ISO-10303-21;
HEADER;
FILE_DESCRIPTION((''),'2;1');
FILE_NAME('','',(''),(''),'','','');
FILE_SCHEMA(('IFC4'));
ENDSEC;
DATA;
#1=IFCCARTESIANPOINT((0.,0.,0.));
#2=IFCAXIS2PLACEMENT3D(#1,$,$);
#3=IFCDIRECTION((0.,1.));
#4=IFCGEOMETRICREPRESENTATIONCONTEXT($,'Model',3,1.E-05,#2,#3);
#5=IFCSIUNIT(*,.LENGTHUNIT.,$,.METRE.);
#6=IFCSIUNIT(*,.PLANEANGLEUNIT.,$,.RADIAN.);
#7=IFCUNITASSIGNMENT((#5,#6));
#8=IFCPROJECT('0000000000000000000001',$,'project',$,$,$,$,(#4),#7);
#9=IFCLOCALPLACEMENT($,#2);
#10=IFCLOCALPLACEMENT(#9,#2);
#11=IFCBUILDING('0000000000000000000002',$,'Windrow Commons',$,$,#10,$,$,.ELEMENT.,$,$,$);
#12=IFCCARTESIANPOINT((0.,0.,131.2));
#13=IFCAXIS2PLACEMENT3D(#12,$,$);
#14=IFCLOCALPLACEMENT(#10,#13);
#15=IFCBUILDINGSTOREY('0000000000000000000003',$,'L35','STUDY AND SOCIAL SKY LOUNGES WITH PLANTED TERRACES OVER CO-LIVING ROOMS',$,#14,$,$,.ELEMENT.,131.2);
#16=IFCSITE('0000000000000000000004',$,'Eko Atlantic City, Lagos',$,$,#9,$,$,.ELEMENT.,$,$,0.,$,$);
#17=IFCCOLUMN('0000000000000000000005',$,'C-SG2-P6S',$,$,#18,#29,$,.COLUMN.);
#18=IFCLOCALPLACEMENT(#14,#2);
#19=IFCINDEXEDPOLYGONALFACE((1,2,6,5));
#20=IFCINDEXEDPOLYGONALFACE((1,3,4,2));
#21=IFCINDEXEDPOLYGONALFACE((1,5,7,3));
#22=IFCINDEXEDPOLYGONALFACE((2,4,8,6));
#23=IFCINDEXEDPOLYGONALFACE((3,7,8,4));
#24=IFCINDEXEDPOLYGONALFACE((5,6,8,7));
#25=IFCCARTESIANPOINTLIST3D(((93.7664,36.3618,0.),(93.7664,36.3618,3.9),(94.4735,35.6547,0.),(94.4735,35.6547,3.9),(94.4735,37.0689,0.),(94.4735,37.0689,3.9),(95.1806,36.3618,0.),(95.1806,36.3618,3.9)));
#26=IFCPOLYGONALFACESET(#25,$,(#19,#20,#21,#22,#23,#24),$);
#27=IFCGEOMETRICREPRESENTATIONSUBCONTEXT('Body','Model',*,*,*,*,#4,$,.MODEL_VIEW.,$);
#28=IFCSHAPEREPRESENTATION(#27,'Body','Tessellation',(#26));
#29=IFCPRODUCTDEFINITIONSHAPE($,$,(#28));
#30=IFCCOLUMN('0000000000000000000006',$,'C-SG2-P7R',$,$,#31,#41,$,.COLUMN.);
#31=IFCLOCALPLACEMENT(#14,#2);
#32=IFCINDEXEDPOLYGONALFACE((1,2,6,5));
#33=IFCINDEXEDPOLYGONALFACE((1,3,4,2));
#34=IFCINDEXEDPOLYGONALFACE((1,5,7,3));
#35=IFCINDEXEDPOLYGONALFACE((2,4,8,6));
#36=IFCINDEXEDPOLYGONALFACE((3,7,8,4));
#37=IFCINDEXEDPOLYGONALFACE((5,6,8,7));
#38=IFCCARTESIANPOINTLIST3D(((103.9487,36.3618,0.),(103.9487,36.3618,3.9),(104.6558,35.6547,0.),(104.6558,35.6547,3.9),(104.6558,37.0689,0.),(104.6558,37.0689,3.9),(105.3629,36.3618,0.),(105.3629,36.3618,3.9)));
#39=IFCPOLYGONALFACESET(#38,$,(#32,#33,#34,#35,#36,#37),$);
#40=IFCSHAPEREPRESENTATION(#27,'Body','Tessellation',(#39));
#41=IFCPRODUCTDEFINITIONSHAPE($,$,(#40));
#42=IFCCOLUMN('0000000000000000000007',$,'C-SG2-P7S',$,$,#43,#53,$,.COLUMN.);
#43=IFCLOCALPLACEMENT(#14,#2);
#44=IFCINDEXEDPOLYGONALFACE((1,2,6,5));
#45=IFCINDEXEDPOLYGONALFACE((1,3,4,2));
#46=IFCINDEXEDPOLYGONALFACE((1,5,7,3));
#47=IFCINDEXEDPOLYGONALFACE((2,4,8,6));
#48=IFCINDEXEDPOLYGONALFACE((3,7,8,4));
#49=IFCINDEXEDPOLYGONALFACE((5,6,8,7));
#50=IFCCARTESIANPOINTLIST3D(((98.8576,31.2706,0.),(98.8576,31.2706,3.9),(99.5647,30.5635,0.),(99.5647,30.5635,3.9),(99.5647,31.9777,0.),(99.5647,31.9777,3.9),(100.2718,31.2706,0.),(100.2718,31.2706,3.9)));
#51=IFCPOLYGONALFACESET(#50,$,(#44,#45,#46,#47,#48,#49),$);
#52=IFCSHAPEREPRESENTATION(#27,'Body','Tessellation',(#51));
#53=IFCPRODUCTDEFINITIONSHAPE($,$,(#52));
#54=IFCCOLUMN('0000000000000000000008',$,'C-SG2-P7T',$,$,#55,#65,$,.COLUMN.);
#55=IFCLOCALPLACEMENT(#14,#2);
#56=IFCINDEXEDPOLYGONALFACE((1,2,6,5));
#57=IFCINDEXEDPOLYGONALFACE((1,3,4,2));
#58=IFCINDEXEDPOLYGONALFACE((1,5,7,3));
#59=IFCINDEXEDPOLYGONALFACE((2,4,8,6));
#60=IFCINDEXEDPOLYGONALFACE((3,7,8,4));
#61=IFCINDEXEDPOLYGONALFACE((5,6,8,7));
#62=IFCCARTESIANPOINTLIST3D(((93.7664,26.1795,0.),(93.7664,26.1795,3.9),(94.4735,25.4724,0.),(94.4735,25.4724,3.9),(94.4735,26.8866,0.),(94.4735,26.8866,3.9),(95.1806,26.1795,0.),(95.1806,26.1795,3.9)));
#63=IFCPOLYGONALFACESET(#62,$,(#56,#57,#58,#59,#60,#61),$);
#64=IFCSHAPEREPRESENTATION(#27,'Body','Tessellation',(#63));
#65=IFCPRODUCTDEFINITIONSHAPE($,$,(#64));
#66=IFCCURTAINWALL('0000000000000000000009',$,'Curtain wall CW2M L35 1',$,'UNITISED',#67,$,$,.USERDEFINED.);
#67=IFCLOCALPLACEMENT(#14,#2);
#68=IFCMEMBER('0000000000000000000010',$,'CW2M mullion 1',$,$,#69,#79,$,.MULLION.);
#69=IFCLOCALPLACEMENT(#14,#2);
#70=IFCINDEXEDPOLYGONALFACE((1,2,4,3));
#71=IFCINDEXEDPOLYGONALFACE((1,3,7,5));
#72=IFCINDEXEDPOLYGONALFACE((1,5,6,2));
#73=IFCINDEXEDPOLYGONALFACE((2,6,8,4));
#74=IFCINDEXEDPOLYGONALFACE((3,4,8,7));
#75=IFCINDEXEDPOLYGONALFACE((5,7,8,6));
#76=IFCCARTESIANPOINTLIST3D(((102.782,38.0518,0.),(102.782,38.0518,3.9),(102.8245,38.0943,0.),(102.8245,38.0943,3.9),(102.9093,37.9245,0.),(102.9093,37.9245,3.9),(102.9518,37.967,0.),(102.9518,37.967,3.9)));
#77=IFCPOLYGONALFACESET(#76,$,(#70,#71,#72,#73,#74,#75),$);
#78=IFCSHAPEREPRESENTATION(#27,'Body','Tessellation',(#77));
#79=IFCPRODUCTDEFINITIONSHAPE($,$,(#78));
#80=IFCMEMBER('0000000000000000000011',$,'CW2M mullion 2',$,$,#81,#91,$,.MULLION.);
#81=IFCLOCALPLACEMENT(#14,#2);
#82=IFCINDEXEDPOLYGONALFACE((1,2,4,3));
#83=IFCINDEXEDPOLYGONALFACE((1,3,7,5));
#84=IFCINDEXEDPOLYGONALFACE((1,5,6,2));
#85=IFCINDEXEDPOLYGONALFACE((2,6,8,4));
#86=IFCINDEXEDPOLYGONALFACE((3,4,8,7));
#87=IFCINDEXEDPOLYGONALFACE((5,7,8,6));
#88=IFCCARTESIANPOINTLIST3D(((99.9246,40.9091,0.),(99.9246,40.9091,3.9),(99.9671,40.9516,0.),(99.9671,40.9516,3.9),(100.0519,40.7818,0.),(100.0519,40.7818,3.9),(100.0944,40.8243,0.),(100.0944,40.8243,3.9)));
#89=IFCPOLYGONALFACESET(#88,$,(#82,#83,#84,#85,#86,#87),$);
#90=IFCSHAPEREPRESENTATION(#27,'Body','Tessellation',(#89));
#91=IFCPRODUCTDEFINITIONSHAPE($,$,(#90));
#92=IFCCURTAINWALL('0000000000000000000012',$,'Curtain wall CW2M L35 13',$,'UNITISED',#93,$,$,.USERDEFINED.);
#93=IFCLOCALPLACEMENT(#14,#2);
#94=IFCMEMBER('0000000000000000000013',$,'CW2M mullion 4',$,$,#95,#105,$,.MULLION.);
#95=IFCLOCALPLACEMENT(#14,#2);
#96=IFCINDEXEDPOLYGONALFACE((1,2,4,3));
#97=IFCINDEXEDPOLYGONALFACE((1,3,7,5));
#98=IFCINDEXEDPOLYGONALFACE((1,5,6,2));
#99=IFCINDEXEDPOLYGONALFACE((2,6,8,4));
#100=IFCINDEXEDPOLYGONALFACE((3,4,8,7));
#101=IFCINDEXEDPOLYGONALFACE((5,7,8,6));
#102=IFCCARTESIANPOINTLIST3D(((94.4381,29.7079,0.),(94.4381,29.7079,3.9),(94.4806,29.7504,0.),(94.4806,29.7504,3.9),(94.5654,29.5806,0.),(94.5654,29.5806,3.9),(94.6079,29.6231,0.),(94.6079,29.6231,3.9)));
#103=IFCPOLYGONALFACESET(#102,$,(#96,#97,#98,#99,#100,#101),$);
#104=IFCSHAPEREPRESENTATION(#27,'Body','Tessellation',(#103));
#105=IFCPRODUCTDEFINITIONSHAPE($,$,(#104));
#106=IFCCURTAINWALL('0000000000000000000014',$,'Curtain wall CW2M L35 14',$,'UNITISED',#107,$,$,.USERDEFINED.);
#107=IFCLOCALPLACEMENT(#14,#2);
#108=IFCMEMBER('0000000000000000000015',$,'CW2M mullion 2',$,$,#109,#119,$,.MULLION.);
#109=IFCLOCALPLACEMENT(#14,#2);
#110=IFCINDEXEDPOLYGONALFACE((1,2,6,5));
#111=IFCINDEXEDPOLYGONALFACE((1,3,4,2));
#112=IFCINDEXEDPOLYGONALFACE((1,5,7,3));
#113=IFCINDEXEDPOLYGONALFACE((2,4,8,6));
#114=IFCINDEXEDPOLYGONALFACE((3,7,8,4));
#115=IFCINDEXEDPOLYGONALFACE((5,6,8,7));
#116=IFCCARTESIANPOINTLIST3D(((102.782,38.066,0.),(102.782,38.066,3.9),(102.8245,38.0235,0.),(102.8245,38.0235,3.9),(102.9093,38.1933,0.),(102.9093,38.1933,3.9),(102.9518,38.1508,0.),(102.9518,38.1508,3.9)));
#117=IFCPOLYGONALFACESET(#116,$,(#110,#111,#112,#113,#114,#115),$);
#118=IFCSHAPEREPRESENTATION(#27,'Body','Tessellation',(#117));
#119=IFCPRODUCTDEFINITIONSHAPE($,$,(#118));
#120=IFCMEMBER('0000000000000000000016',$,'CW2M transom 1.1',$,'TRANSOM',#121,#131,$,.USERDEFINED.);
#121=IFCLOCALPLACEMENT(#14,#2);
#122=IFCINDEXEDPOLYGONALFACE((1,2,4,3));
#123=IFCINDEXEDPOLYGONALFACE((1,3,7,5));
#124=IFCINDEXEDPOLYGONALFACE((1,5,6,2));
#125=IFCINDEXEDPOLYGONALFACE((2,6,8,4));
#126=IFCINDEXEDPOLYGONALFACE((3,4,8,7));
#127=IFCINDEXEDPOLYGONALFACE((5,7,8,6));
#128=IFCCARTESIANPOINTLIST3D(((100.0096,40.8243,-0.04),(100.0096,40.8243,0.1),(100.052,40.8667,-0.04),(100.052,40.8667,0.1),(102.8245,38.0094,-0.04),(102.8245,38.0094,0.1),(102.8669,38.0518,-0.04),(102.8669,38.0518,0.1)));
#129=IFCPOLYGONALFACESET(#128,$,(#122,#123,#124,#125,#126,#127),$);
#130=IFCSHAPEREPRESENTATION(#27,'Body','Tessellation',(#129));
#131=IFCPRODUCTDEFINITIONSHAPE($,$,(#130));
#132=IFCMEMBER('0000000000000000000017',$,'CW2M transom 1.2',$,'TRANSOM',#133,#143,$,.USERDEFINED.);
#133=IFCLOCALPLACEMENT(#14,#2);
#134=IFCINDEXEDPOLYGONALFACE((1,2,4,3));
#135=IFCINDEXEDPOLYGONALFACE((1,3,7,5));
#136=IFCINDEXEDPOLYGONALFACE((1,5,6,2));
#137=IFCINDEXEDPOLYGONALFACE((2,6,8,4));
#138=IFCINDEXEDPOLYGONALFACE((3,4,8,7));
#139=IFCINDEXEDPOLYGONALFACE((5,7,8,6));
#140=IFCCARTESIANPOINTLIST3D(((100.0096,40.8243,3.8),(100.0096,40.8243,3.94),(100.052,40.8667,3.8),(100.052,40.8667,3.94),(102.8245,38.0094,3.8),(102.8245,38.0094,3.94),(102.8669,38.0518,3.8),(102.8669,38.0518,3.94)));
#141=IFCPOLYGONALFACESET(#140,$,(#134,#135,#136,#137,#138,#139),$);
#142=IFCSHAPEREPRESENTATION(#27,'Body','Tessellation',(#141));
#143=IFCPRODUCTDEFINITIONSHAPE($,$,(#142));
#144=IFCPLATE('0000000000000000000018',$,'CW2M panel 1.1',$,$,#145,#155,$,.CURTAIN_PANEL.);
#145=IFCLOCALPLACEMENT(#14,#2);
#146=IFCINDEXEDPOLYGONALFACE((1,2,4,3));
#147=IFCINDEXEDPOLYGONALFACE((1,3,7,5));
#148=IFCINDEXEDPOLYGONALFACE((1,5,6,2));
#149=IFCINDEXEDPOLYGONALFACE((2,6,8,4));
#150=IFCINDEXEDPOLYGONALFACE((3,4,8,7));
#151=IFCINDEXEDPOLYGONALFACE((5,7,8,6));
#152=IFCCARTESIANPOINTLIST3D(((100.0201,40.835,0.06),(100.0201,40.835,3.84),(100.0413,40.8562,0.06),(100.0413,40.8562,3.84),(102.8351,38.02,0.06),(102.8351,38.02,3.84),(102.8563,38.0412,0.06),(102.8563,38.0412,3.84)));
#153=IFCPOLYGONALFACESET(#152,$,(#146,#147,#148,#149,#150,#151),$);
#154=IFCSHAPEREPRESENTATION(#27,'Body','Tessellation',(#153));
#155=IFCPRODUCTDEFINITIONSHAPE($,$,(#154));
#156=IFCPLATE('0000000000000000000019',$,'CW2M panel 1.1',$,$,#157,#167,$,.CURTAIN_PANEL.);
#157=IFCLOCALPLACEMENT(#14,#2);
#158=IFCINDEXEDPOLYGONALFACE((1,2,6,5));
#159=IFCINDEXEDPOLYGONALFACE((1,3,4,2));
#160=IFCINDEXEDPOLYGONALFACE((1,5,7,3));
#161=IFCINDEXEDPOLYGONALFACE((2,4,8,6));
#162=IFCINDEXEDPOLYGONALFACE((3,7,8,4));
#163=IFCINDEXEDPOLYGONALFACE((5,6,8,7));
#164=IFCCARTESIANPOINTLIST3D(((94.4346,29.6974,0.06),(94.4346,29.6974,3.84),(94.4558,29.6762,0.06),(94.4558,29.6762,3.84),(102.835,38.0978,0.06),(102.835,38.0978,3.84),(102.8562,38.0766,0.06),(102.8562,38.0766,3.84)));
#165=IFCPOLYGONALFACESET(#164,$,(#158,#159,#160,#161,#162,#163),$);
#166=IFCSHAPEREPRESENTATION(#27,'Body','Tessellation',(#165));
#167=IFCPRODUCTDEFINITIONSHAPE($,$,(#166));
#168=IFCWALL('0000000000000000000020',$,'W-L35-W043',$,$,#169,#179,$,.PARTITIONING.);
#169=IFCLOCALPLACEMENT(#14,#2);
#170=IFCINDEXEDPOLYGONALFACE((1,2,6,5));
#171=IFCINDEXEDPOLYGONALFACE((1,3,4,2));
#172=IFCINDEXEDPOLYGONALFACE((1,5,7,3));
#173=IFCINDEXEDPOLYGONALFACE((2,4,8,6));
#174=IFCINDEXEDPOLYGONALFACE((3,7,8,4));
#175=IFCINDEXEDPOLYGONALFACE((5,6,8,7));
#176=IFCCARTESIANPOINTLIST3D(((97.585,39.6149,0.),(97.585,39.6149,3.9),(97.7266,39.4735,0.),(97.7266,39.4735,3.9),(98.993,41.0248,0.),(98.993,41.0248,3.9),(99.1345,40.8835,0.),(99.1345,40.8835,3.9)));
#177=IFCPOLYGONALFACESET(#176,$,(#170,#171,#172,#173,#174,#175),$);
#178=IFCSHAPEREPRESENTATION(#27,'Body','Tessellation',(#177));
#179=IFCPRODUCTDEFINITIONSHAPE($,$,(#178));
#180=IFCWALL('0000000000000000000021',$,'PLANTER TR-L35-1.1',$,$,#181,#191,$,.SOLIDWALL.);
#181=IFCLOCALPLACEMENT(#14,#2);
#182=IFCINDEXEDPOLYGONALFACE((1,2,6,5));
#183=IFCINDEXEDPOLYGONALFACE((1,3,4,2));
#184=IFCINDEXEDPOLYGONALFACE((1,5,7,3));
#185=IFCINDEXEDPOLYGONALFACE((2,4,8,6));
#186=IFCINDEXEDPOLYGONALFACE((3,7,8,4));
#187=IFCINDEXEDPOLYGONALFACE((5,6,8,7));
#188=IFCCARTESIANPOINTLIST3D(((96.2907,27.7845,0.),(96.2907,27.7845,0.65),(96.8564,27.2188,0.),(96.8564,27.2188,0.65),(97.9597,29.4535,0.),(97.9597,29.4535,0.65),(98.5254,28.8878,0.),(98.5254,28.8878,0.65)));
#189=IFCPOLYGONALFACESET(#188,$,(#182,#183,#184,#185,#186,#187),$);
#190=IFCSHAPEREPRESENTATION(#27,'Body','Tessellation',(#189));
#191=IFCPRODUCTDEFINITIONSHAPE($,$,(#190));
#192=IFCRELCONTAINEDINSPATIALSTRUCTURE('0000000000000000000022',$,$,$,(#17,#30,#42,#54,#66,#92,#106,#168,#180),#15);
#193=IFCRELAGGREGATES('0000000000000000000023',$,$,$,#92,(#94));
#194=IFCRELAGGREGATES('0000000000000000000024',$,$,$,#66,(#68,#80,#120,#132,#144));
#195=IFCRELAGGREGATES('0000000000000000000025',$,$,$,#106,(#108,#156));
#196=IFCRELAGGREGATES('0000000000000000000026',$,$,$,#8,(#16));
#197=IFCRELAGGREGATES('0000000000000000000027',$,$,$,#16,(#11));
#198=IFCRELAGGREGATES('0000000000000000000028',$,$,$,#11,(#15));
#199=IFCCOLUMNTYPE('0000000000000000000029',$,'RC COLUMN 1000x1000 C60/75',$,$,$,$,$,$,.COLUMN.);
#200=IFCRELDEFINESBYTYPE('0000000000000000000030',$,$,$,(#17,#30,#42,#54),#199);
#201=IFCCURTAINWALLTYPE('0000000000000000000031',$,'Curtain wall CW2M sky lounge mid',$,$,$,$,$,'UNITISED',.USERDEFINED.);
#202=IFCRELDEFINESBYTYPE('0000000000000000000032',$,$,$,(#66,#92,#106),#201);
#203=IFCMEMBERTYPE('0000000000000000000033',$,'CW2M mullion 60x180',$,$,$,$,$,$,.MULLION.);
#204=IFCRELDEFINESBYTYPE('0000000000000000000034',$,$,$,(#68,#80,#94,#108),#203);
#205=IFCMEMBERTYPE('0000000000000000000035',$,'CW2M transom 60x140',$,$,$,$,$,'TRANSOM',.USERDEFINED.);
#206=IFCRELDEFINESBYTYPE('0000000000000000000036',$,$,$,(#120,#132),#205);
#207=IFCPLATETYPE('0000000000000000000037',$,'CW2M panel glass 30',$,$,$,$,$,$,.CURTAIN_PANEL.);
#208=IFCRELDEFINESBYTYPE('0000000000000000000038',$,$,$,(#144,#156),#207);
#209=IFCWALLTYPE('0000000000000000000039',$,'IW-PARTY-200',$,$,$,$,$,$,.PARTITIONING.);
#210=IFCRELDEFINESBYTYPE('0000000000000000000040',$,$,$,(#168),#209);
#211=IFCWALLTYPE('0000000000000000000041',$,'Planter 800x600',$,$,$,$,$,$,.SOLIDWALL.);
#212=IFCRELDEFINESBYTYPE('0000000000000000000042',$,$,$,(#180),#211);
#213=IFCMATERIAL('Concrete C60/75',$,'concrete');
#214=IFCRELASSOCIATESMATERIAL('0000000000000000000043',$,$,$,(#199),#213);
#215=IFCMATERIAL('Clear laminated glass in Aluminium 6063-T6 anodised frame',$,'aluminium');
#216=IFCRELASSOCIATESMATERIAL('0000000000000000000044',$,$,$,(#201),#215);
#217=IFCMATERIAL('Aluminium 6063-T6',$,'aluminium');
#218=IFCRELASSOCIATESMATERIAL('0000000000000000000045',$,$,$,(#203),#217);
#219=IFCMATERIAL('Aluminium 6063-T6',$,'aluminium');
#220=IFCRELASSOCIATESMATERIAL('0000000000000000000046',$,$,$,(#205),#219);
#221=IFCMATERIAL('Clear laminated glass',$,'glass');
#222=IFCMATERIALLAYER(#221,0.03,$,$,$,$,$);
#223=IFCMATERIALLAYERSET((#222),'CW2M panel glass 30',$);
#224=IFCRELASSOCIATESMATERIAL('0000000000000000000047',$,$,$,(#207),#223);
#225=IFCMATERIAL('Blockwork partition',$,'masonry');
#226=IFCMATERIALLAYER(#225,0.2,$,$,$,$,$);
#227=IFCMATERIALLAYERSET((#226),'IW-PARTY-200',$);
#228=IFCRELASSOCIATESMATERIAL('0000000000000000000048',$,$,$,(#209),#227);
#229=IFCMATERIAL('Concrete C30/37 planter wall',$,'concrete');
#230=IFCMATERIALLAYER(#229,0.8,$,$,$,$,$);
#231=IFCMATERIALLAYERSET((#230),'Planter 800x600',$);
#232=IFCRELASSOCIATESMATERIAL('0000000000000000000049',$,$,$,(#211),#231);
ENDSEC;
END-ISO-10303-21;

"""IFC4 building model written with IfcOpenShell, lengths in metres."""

from ifc_helpers import new_model, si_unit, direction, frame, frame_2d, origin, origin_2d, place, context, subcontext, project, spatial, rectangle, extrude, material, layer, layer_set, material_profile, profile_set, type_object, element, aggregate, save


model = new_model("IFC4")

# Units and contexts
model_context = context("Model", 3, precision=1e-05, world=origin(), true_north=direction((0.0, 1.0)))
body_context = subcontext(model_context, "Body", "Model", "MODEL_VIEW")
ifc_project = project(units=[si_unit("LENGTHUNIT", "METRE"), si_unit("PLANEANGLEUNIT", "RADIAN")], contexts=[model_context])

# Site, building, storey
site_placement = place(None, origin())
site = spatial("IfcSite", under=ifc_project, at=site_placement, Name="Eko Atlantic City, Lagos", CompositionType="ELEMENT", RefElevation=0.0)
building_placement = place(site_placement, origin())
building = spatial("IfcBuilding", under=site, at=building_placement, Name="Windrow Commons", CompositionType="ELEMENT")
storey_placement = place(building_placement, frame((0.0, 0.0, 131.2)))
storey = spatial("IfcBuildingStorey", under=building, at=storey_placement, Name="L35", Description="STUDY AND SOCIAL SKY LOUNGES WITH PLANTED TERRACES OVER CO-LIVING ROOMS", CompositionType="ELEMENT", Elevation=131.2)

# Columns
ifc_material_1 = material(Name="Concrete C60/75", Category="concrete")
ifc_material_profile_1 = material_profile(ifc_material_1, rectangle(XDim=1.0, YDim=1.0, at=origin_2d()))
ifc_profile_set_1 = profile_set([ifc_material_profile_1], Name="Concrete C60/75")
column_type = type_object("IfcColumnType", Name="RC COLUMN 1000x1000 C60/75", PredefinedType="COLUMN", material=ifc_profile_set_1)
for number, where, z_axis, x_axis, name in (
    (1, (94.4735, 36.3618, 0.0), (0.0, 0.0, 1.0), (0.707107, -0.707107, 0.0), "C-SG2-P6S"),
    (2, (104.6558, 36.3618, 0.0), (0.0, 0.0, 1.0), (0.707107, -0.707107, 0.0), "C-SG2-P7R"),
    (3, (99.5647, 31.2706, 0.0), (0.0, 0.0, 1.0), (0.707107, -0.707107, 0.0), "C-SG2-P7S"),
    (4, (94.4735, 26.1795, 0.0), (0.0, 0.0, 1.0), (0.707107, -0.707107, 0.0), "C-SG2-P7T"),
):
    element("IfcColumn", number, at=place(storey_placement, frame(where, z_axis=z_axis, x_axis=x_axis)), inside=storey, type_object=column_type, Name=name, PredefinedType="COLUMN", context=body_context, shape_type="SweptSolid", body=[
        extrude(rectangle(XDim=1.0, YDim=1.0, at=origin_2d()), origin(), (0.0, 0.0, 1.0), 3.9),
    ])

# Curtain wall, members
ifc_material_2 = material(Name="Clear laminated glass in Aluminium 6063-T6 anodised frame", Category="aluminium")
curtain_wall_type = type_object("IfcCurtainWallType", Name="Curtain wall CW2M sky lounge mid", ElementType="UNITISED", PredefinedType="USERDEFINED", material=ifc_material_2)
placement = place(storey_placement, origin())
curtain_wall_1 = element("IfcCurtainWall", 5, at=placement, inside=storey, type_object=curtain_wall_type, Name="Curtain wall CW2M L35 1", ObjectType="UNITISED", PredefinedType="USERDEFINED")
ifc_material_3 = material(Name="Aluminium 6063-T6", Category="aluminium")
ifc_material_profile_2 = material_profile(ifc_material_3, rectangle(XDim=0.06, YDim=0.18, at=origin_2d()))
ifc_profile_set_2 = profile_set([ifc_material_profile_2], Name="Aluminium 6063-T6")
member_type_1 = type_object("IfcMemberType", Name="CW2M mullion 60x180", PredefinedType="MULLION", material=ifc_profile_set_2)
member_1_placement = place(storey_placement, frame((102.8669, 38.0094, 0.0), z_axis=(0.0, 0.0, 1.0), x_axis=(-0.707107, -0.707107, 0.0)))
member_1 = element("IfcMember", 6, at=member_1_placement, type_object=member_type_1, Name="CW2M mullion 1", PredefinedType="MULLION", context=body_context, shape_type="SweptSolid", body=[
    extrude(rectangle(XDim=0.06, YDim=0.18, at=origin_2d()), origin(), (0.0, 0.0, 1.0), 3.9),
])
member_2_placement = place(storey_placement, frame((100.0095, 40.8667, 0.0), z_axis=(0.0, 0.0, 1.0), x_axis=(-0.707107, -0.707107, 0.0)))
member_2 = element("IfcMember", 7, at=member_2_placement, type_object=member_type_1, Name="CW2M mullion 2", PredefinedType="MULLION", context=body_context, shape_type="SweptSolid", body=[
    extrude(rectangle(XDim=0.06, YDim=0.18, at=origin_2d()), origin(), (0.0, 0.0, 1.0), 3.9),
])

# Curtain walls, members
curtain_wall_2 = element("IfcCurtainWall", 8, at=placement, inside=storey, type_object=curtain_wall_type, Name="Curtain wall CW2M L35 13", ObjectType="UNITISED", PredefinedType="USERDEFINED")
member_3_placement = place(storey_placement, frame((94.523, 29.6655, 0.0), z_axis=(0.0, 0.0, 1.0), x_axis=(0.707107, 0.707107, 0.0)))
member_3 = element("IfcMember", 9, at=member_3_placement, type_object=member_type_1, Name="CW2M mullion 4", PredefinedType="MULLION", context=body_context, shape_type="SweptSolid", body=[
    extrude(rectangle(XDim=0.06, YDim=0.18, at=origin_2d()), origin(), (0.0, 0.0, 1.0), 3.9),
])
aggregate(curtain_wall_2, [member_3])
curtain_wall_3 = element("IfcCurtainWall", 10, at=placement, inside=storey, type_object=curtain_wall_type, Name="Curtain wall CW2M L35 14", ObjectType="UNITISED", PredefinedType="USERDEFINED")
member_4_placement = place(storey_placement, frame((102.8669, 38.1084, 0.0), z_axis=(0.0, 0.0, 1.0), x_axis=(-0.707107, 0.707107, 0.0)))
member_4 = element("IfcMember", 11, at=member_4_placement, type_object=member_type_1, Name="CW2M mullion 2", PredefinedType="MULLION", context=body_context, shape_type="SweptSolid", body=[
    extrude(rectangle(XDim=0.06, YDim=0.18, at=origin_2d()), origin(), (0.0, 0.0, 1.0), 3.9),
])

# Members
ifc_material_4 = material(Name="Aluminium 6063-T6", Category="aluminium")
ifc_material_profile_3 = material_profile(ifc_material_4, rectangle(XDim=0.06, YDim=0.14, at=origin_2d()))
ifc_profile_set_3 = profile_set([ifc_material_profile_3], Name="Aluminium 6063-T6")
member_type_2 = type_object("IfcMemberType", Name="CW2M transom 60x140", ElementType="TRANSOM", PredefinedType="USERDEFINED", material=ifc_profile_set_3)
member_5_placement = place(storey_placement, frame((102.8457, 38.0306, 0.03), z_axis=(-0.707107, 0.707107, 0.0), x_axis=(-0.707107, -0.707107, 0.0)))
member_5 = element("IfcMember", 12, at=member_5_placement, type_object=member_type_2, Name="CW2M transom 1.1", ObjectType="TRANSOM", PredefinedType="USERDEFINED", context=body_context, shape_type="SweptSolid", body=[
    extrude(rectangle(XDim=0.06, YDim=0.14, at=origin_2d()), origin(), (0.0, 0.0, 1.0), 3.9809),
])
member_6_placement = place(storey_placement, frame((102.8457, 38.0306, 3.87), z_axis=(-0.707107, 0.707107, 0.0), x_axis=(-0.707107, -0.707107, 0.0)))
member_6 = element("IfcMember", 13, at=member_6_placement, type_object=member_type_2, Name="CW2M transom 1.2", ObjectType="TRANSOM", PredefinedType="USERDEFINED", context=body_context, shape_type="SweptSolid", body=[
    extrude(rectangle(XDim=0.06, YDim=0.14, at=origin_2d()), origin(), (0.0, 0.0, 1.0), 3.9809),
])

# Plates
ifc_material_5 = material(Name="Clear laminated glass", Category="glass")
ifc_layer_1 = layer(ifc_material_5, 0.03)
ifc_layer_set_1 = layer_set([ifc_layer_1], Name="CW2M panel glass 30")
plate_type = type_object("IfcPlateType", Name="CW2M panel glass 30", PredefinedType="CURTAIN_PANEL", material=ifc_layer_set_1)
plate_1_placement = place(storey_placement, frame((101.4382, 39.4381, 0.06), z_axis=(0.0, 0.0, 1.0), x_axis=(-0.707107, 0.707107, 0.0)))
plate_1 = element("IfcPlate", 14, at=plate_1_placement, type_object=plate_type, Name="CW2M panel 1.1", PredefinedType="CURTAIN_PANEL", context=body_context, shape_type="SweptSolid", body=[
    extrude(rectangle(XDim=3.9809, YDim=0.03, at=origin_2d()), origin(), (0.0, 0.0, 1.0), 3.78),
])
aggregate(curtain_wall_1, [member_1, member_2, member_5, member_6, plate_1])
plate_2_placement = place(storey_placement, frame((98.6454, 33.887, 0.06), z_axis=(0.0, 0.0, 1.0), x_axis=(0.707107, 0.707107, 0.0)))
plate_2 = element("IfcPlate", 15, at=plate_2_placement, type_object=plate_type, Name="CW2M panel 1.1", PredefinedType="CURTAIN_PANEL", context=body_context, shape_type="SweptSolid", body=[
    extrude(rectangle(XDim=11.88, YDim=0.03, at=origin_2d()), origin(), (0.0, 0.0, 1.0), 3.78),
])
aggregate(curtain_wall_3, [member_4, plate_2])

# Walls
ifc_material_6 = material(Name="Blockwork partition", Category="masonry")
ifc_layer_2 = layer(ifc_material_6, 0.2)
ifc_layer_set_2 = layer_set([ifc_layer_2], Name="IW-PARTY-200")
wall_type_1 = type_object("IfcWallType", Name="IW-PARTY-200", PredefinedType="PARTITIONING", material=ifc_layer_set_2)
wall_1_placement = place(storey_placement, frame((97.6558, 39.5442, 0.0), z_axis=(0.0, 0.0, 1.0), x_axis=(0.706605, 0.707608, 0.0)))
element("IfcWall", 16, at=wall_1_placement, inside=storey, type_object=wall_type_1, Name="W-L35-W043", PredefinedType="PARTITIONING", context=body_context, shape_type="SweptSolid", body=[
    extrude(rectangle(XDim=1.9926, YDim=0.2, at=frame_2d((0.9963, 0.0))), origin(), (0.0, 0.0, 1.0), 3.9),
])
ifc_material_7 = material(Name="Concrete C30/37 planter wall", Category="concrete")
ifc_layer_3 = layer(ifc_material_7, 0.8)
ifc_layer_set_3 = layer_set([ifc_layer_3], Name="Planter 800x600")
wall_type_2 = type_object("IfcWallType", Name="Planter 800x600", PredefinedType="SOLIDWALL", material=ifc_layer_set_3)
wall_2_placement = place(storey_placement, frame((96.5735, 27.5016, 0.0), z_axis=(0.0, 0.0, 1.0), x_axis=(0.707107, 0.707107, 0.0)))
element("IfcWall", 17, at=wall_2_placement, inside=storey, type_object=wall_type_2, Name="PLANTER TR-L35-1.1", PredefinedType="SOLIDWALL", context=body_context, shape_type="SweptSolid", body=[
    extrude(rectangle(XDim=2.3603, YDim=0.8, at=frame_2d((1.1802, 0.0))), origin(), (0.0, 0.0, 1.0), 0.65),
])

save(model, "model.ifc")
